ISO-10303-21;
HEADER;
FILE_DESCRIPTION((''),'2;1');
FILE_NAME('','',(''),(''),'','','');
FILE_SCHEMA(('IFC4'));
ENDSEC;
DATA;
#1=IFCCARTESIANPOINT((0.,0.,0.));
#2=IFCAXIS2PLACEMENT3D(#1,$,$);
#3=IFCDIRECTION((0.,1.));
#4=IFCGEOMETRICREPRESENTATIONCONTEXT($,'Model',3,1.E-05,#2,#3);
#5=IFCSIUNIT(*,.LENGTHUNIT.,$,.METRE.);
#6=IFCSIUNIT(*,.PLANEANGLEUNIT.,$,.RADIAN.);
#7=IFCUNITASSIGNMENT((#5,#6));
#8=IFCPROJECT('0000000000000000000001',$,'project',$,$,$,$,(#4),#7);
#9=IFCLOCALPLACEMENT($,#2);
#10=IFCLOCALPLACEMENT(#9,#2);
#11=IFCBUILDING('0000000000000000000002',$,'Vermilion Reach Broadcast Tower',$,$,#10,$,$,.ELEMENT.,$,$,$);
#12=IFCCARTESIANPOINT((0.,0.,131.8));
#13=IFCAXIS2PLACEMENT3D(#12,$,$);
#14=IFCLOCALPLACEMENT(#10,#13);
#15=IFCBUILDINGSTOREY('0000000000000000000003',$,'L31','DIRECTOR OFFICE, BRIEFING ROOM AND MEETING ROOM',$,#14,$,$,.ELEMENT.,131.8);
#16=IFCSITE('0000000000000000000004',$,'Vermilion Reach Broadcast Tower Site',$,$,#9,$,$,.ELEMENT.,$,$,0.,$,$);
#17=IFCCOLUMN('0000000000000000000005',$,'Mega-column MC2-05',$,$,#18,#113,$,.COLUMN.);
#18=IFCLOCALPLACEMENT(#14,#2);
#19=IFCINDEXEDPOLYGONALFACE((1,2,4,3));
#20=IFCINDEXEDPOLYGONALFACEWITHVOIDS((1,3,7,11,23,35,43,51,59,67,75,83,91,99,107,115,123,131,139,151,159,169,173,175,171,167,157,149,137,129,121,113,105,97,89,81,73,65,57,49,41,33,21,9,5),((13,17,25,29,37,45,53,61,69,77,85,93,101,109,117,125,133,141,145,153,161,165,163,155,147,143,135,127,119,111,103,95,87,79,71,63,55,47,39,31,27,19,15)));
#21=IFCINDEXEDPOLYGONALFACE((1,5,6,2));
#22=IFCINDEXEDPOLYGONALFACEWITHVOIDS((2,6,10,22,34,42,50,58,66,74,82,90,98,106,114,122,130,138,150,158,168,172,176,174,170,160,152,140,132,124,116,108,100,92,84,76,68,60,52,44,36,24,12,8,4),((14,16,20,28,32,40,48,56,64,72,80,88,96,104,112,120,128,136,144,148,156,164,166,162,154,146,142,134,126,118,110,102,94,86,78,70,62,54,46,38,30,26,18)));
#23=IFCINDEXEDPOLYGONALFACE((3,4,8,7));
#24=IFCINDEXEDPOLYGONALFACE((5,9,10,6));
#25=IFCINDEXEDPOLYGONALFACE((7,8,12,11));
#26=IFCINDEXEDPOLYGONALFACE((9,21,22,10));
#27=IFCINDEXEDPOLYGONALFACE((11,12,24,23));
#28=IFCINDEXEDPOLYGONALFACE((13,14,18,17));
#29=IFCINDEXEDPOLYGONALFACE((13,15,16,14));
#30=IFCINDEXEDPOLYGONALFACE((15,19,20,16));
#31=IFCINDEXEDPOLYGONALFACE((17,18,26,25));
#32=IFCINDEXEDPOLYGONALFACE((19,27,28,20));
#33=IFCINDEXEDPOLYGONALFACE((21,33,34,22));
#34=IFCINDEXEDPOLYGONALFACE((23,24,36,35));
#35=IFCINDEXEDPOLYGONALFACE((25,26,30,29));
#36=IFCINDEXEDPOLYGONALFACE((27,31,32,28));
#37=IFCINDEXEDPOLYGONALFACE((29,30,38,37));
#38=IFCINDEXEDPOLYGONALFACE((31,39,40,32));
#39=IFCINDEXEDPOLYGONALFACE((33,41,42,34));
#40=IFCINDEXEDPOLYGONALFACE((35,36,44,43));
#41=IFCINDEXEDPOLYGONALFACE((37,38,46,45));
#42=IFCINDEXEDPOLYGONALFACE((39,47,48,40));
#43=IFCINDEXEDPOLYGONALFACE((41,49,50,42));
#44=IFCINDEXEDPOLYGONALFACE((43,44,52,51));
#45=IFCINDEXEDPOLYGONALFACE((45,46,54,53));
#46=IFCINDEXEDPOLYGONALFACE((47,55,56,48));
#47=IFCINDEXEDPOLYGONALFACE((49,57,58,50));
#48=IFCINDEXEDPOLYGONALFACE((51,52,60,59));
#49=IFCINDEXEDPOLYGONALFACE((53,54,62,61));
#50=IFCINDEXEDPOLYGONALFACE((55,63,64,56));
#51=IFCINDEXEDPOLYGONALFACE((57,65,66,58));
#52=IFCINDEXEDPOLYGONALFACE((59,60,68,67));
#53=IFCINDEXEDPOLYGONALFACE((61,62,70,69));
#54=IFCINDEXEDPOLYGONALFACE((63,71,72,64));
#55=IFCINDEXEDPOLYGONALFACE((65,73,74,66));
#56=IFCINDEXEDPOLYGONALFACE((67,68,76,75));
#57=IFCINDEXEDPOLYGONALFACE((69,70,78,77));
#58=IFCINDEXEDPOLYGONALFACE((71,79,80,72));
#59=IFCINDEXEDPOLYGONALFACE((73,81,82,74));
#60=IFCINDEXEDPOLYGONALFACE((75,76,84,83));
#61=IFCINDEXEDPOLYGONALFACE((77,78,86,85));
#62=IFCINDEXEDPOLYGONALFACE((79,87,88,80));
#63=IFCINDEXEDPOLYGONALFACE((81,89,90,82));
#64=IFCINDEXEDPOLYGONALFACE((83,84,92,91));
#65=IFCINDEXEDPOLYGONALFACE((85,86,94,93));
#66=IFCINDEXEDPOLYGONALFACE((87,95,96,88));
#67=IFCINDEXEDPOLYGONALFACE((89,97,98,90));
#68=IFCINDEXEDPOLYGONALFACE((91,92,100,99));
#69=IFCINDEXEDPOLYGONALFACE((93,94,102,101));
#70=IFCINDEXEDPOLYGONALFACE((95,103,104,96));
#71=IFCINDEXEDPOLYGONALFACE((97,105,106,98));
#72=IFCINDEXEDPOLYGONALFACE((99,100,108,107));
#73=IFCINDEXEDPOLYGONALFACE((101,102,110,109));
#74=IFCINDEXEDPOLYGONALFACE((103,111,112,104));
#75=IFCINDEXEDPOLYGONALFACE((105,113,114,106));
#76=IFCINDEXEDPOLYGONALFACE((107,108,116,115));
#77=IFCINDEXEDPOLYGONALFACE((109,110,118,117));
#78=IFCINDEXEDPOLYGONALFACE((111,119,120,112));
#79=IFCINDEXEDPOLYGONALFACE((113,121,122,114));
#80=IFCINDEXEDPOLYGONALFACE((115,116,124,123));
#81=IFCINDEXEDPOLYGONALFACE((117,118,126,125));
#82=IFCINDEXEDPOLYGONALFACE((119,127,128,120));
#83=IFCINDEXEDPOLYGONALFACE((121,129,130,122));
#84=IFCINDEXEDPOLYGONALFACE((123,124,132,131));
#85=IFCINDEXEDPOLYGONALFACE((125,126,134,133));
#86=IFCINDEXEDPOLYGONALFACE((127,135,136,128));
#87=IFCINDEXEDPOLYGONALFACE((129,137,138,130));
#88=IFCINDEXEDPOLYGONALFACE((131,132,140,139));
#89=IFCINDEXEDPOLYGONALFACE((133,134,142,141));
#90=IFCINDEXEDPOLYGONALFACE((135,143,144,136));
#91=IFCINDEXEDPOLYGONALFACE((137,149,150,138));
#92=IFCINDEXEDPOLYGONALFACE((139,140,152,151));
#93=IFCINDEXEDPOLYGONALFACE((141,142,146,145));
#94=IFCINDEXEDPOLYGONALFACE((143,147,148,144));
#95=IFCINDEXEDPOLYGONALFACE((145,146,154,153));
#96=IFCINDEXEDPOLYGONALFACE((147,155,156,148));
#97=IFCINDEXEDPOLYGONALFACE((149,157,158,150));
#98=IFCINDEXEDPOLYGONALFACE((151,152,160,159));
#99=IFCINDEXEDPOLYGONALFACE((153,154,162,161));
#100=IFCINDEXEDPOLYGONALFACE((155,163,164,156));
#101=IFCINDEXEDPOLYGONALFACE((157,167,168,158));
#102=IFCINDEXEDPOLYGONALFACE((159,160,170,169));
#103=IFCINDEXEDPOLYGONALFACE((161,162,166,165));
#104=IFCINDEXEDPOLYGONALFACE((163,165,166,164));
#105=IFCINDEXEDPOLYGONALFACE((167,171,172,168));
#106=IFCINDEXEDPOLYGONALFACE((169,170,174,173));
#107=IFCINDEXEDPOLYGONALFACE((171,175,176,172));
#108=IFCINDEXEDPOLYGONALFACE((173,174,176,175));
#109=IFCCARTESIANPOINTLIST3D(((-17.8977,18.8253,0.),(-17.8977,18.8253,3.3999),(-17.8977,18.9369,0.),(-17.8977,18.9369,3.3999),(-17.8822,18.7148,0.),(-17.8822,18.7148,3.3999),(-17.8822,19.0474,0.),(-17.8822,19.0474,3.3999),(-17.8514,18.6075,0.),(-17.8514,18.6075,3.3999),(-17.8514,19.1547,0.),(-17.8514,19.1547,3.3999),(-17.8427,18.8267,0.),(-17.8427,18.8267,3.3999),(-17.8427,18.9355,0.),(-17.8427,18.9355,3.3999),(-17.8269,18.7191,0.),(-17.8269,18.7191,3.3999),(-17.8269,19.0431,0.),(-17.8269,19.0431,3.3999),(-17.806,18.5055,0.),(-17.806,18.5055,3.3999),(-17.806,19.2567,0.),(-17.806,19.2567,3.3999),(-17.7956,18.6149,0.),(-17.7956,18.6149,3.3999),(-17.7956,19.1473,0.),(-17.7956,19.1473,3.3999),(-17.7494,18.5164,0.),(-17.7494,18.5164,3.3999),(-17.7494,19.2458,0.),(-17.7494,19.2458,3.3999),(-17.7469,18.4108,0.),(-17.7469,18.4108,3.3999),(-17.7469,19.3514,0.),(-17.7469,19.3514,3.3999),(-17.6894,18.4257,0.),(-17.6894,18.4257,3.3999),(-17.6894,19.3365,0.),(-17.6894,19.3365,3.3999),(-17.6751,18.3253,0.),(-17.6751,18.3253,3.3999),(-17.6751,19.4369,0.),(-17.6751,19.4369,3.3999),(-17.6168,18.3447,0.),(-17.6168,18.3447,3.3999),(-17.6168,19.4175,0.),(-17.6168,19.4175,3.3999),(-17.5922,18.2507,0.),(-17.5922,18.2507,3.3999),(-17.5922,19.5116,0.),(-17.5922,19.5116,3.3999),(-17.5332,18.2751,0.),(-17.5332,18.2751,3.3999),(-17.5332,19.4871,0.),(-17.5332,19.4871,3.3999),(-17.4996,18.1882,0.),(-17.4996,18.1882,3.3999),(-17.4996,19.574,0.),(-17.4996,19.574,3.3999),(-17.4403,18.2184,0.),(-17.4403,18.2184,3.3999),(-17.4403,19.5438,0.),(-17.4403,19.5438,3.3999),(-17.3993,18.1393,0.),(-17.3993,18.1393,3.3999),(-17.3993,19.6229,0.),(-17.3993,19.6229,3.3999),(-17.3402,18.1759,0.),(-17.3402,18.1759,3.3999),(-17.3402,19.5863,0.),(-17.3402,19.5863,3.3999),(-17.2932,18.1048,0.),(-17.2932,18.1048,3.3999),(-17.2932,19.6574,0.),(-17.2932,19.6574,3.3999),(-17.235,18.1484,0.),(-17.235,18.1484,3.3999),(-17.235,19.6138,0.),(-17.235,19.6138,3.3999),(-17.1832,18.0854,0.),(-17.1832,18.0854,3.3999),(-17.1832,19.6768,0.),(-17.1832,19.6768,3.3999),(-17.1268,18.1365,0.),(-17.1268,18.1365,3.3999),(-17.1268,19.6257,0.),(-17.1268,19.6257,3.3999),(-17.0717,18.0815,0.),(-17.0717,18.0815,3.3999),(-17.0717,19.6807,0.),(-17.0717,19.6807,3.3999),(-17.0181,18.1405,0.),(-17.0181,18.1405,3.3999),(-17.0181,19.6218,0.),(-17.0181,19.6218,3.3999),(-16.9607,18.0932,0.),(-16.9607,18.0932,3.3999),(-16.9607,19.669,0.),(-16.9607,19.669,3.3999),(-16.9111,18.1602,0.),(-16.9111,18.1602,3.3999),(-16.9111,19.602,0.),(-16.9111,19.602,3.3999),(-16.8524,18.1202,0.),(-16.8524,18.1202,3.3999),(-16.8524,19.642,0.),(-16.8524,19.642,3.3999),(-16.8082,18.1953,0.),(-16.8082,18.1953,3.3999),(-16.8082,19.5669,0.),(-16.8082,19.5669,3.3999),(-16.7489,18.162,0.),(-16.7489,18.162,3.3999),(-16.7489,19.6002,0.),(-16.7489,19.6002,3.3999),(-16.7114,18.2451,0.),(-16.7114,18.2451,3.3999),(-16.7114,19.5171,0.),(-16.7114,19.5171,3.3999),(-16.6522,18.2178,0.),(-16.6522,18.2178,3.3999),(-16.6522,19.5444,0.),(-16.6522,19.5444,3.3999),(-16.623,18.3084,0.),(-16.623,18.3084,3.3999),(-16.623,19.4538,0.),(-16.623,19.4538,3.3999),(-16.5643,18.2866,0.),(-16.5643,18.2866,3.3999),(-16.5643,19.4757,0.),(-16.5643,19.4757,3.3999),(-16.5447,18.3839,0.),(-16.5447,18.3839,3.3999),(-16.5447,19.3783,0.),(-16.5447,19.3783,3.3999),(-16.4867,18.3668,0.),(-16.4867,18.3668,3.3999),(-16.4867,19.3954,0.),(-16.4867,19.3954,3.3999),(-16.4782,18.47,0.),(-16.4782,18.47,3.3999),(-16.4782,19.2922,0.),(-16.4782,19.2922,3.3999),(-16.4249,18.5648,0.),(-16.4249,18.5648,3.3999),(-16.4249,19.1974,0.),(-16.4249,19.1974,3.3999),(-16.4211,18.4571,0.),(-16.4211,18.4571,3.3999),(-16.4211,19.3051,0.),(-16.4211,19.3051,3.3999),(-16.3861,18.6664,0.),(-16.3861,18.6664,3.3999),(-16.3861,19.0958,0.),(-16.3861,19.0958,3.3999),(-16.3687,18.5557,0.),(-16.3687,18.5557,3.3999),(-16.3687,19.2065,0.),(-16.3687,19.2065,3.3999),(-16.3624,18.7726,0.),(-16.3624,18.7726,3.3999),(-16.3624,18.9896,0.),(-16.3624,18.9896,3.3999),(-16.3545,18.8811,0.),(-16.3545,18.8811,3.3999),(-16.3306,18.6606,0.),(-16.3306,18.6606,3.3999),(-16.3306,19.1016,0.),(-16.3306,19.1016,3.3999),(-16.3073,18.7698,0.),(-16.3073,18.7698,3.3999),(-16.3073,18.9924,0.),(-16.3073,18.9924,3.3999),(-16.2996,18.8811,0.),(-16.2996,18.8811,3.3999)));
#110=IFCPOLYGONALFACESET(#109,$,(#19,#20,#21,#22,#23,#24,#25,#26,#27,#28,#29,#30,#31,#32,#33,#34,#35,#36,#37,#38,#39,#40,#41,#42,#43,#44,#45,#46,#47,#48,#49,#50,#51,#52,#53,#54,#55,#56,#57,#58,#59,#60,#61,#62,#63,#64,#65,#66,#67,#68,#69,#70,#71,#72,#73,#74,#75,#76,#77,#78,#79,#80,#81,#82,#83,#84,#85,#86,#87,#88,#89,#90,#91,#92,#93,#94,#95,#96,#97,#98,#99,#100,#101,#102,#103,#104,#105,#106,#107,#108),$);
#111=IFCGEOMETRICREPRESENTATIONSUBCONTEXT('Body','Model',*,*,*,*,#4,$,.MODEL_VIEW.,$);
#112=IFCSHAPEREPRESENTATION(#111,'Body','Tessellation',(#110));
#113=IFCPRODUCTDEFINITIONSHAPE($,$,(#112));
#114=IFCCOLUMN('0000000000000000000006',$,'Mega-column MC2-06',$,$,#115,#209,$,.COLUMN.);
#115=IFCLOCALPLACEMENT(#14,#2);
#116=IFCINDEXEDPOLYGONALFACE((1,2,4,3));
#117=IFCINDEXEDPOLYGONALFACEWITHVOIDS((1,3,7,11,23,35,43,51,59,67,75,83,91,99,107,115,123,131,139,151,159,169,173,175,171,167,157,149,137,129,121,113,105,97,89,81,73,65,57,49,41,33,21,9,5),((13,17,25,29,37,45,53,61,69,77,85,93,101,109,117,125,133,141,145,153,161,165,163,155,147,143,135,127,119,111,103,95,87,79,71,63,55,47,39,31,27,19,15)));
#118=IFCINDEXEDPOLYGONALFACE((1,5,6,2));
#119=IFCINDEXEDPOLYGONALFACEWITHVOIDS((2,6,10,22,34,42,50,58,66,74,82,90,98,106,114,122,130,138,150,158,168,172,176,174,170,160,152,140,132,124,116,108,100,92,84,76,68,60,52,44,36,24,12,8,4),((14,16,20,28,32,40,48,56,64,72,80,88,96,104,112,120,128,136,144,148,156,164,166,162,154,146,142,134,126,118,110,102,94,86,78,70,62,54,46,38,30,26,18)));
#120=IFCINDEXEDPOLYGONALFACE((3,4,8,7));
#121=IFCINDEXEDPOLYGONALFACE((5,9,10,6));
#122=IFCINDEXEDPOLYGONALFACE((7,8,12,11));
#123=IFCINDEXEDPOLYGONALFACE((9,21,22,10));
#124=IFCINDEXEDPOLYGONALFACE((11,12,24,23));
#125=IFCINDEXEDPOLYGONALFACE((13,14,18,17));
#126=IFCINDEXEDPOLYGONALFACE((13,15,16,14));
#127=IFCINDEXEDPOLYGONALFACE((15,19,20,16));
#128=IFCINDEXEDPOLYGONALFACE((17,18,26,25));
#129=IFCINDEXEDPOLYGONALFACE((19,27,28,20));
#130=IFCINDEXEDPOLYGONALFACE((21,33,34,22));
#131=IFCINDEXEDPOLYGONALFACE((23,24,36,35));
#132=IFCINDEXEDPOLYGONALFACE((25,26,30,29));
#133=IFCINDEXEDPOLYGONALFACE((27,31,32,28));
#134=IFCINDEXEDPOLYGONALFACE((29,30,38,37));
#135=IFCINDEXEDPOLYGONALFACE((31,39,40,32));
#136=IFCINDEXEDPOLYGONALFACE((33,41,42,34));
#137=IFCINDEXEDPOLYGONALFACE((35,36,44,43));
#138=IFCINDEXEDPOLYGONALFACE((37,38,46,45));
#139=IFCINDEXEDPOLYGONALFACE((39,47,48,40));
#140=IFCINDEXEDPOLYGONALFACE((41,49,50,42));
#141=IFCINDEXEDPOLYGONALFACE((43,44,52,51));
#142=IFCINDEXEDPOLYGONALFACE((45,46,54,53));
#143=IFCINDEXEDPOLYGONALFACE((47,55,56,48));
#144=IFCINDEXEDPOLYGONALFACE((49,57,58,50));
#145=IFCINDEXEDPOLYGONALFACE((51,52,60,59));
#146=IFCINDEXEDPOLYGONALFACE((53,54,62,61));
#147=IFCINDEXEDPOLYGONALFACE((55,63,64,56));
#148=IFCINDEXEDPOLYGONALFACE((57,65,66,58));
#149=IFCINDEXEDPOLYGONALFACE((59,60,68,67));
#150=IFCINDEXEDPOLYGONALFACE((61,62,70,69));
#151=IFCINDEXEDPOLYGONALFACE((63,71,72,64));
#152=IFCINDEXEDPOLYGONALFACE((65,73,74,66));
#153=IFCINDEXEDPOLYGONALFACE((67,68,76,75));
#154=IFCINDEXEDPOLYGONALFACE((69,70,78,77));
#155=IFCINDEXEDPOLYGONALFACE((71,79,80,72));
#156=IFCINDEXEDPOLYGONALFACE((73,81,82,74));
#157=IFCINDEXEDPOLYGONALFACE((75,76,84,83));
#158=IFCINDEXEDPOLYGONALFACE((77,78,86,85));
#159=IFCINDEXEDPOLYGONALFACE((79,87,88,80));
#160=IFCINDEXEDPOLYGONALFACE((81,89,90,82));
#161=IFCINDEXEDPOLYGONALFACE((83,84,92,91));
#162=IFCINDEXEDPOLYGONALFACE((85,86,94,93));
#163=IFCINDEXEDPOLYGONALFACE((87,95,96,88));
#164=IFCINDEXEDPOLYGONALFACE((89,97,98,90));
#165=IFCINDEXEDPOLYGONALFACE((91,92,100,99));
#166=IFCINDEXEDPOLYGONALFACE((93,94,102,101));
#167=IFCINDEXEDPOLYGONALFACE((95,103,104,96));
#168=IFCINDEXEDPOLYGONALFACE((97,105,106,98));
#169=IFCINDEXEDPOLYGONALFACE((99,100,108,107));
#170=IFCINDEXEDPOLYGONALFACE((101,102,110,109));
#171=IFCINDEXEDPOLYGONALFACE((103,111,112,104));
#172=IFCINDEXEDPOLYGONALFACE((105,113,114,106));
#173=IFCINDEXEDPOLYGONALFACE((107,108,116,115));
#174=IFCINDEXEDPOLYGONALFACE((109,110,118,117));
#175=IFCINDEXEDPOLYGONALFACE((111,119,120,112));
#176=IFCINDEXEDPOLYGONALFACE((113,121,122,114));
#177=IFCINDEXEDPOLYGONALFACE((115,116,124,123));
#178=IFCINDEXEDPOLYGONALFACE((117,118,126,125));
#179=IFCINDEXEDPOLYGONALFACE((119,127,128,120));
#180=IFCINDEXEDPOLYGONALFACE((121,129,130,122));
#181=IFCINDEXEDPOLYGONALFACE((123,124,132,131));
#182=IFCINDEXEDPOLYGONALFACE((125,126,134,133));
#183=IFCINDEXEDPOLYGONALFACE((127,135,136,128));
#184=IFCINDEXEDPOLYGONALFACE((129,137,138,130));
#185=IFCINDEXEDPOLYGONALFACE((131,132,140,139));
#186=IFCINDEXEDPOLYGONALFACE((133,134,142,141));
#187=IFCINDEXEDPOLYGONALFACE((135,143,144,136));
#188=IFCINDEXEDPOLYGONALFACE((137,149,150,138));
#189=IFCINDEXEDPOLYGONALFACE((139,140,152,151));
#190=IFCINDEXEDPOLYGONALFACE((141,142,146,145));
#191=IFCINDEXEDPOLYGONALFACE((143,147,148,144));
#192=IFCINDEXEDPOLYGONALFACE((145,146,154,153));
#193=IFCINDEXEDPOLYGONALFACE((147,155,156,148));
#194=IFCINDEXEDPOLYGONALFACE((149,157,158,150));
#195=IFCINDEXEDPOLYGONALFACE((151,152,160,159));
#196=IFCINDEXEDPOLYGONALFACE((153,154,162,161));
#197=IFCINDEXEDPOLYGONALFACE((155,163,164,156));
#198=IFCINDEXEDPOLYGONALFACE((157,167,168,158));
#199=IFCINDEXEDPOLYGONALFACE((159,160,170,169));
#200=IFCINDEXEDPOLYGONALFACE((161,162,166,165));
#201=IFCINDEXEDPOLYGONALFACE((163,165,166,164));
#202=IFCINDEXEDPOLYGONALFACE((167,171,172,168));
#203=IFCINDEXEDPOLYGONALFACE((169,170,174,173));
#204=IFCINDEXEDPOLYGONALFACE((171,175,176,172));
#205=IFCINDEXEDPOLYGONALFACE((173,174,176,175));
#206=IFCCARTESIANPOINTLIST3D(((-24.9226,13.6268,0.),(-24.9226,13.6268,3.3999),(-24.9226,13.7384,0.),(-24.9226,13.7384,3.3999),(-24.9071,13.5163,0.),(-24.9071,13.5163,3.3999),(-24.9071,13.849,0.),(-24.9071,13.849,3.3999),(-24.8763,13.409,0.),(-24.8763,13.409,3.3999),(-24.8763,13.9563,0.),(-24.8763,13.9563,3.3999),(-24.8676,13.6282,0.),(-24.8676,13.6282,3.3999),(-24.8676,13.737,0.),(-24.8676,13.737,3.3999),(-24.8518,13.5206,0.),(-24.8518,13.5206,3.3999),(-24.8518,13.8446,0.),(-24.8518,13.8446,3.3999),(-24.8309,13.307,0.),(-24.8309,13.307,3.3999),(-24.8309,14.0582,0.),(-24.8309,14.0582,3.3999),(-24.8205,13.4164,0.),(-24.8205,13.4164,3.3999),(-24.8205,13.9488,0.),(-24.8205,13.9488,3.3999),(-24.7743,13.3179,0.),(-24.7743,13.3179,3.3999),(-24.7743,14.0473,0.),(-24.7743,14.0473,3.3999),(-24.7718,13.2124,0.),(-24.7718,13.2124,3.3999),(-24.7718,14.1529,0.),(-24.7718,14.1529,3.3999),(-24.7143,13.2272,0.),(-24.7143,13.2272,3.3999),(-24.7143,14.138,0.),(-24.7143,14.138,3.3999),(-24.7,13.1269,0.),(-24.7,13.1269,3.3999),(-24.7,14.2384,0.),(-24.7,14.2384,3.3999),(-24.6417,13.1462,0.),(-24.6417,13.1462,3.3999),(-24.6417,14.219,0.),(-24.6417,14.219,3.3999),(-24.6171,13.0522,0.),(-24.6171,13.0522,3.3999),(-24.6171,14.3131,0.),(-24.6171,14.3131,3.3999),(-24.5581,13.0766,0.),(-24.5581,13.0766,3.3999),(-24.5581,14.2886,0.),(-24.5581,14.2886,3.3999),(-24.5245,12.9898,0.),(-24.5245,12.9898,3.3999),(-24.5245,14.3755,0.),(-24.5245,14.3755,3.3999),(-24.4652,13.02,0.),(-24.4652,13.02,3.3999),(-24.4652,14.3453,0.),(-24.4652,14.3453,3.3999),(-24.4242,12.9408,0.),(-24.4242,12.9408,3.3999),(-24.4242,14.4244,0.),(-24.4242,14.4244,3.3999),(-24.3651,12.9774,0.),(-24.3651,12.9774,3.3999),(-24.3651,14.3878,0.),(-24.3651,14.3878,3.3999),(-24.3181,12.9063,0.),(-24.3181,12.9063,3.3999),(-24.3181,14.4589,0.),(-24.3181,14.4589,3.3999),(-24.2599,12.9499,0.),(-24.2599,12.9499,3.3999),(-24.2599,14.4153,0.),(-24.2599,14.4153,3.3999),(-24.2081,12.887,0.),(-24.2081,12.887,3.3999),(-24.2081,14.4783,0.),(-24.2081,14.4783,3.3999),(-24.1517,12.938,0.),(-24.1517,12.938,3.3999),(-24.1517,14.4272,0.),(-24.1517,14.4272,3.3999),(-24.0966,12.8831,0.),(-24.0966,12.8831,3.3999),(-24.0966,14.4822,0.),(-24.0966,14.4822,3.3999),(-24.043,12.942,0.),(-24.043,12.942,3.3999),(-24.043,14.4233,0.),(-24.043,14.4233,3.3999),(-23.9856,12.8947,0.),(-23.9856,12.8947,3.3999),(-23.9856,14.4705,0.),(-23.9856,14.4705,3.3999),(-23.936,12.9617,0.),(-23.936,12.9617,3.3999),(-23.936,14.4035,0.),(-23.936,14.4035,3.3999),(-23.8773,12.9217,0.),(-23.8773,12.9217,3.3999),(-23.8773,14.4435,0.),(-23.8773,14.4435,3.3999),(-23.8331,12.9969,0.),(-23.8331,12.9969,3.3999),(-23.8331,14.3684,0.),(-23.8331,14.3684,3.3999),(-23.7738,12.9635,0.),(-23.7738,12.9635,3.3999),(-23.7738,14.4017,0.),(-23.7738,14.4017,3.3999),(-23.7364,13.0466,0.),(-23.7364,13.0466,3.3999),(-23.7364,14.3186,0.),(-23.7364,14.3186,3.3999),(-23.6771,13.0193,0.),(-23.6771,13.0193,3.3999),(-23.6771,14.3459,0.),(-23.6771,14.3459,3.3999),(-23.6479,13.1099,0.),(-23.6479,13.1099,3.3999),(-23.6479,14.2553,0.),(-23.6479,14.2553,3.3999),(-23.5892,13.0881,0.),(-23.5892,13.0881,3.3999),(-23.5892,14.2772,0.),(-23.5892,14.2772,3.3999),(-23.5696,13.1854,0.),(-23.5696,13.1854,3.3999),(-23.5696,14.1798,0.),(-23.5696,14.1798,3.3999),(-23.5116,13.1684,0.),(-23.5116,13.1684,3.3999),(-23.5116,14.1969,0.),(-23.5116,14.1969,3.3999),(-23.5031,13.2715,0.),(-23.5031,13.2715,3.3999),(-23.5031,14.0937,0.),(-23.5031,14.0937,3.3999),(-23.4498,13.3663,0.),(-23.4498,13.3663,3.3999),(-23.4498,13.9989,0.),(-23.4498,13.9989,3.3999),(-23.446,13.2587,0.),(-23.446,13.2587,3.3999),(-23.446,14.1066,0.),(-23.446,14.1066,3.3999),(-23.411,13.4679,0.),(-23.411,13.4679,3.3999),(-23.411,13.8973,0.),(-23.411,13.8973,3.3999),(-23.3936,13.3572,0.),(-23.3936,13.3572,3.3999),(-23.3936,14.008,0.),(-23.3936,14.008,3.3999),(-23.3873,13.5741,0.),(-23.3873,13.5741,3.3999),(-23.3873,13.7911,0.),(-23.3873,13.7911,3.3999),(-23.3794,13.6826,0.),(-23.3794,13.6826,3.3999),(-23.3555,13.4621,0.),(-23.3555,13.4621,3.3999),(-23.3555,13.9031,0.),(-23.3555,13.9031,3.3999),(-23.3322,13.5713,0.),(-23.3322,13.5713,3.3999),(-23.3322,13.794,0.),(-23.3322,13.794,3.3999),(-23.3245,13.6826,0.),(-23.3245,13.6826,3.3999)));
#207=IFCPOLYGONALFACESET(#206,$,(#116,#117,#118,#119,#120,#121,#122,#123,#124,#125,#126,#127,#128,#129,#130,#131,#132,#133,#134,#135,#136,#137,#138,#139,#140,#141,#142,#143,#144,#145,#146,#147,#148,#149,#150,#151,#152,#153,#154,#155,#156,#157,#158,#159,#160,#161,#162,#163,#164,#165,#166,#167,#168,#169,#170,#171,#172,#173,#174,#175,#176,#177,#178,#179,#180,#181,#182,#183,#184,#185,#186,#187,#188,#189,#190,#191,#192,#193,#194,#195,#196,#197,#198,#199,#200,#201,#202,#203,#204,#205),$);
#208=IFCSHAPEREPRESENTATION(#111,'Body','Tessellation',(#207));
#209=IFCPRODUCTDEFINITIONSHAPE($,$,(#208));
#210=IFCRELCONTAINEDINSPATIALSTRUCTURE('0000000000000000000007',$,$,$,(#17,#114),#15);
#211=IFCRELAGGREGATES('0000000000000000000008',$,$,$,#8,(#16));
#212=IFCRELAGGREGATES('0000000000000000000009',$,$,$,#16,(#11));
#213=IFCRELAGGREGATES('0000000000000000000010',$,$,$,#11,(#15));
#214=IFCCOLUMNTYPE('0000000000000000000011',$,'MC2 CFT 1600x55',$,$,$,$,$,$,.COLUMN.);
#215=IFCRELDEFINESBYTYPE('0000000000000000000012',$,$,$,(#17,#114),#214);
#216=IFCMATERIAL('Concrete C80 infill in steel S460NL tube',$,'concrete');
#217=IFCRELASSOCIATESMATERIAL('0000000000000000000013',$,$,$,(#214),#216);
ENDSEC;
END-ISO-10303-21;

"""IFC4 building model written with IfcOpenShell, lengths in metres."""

from ifc_helpers import new_model, si_unit, direction, frame, origin, origin_2d, place, context, subcontext, project, spatial, hollow_circle, extrude, material, material_profile, profile_set, type_object, element, save


model = new_model("IFC4")

# Units and contexts
model_context = context("Model", 3, precision=1e-05, world=origin(), true_north=direction((0.0, 1.0)))
body_context = subcontext(model_context, "Body", "Model", "MODEL_VIEW")
ifc_project = project(units=[si_unit("LENGTHUNIT", "METRE"), si_unit("PLANEANGLEUNIT", "RADIAN")], contexts=[model_context])

# Site, building, storey
site_placement = place(None, origin())
site = spatial("IfcSite", under=ifc_project, at=site_placement, Name="Vermilion Reach Broadcast Tower Site", CompositionType="ELEMENT", RefElevation=0.0)
building_placement = place(site_placement, origin())
building = spatial("IfcBuilding", under=site, at=building_placement, Name="Vermilion Reach Broadcast Tower", CompositionType="ELEMENT")
storey_placement = place(building_placement, frame((0.0, 0.0, 131.8)))
storey = spatial("IfcBuildingStorey", under=building, at=storey_placement, Name="L31", Description="DIRECTOR OFFICE, BRIEFING ROOM AND MEETING ROOM", CompositionType="ELEMENT", Elevation=131.8)

# Columns
ifc_material_1 = material(Name="Concrete C80 infill in steel S460NL tube", Category="concrete")
ifc_material_profile_1 = material_profile(ifc_material_1, hollow_circle(Radius=0.8, WallThickness=0.0549, at=origin_2d()), Name="Concrete C80 infill in steel S460NL tube CFT 1600x55")
ifc_profile_set_1 = profile_set([ifc_material_profile_1], Name="Concrete C80 infill in steel S460NL tube")
column_type = type_object("IfcColumnType", Name="MC2 CFT 1600x55", PredefinedType="COLUMN", material=ifc_profile_set_1)
for number, where, z_axis, x_axis, name in (
    (1, (-17.0996, 18.8811, 0.0), (0.0, 0.0, 1.0), (1.0, 0.0, 0.0), "Mega-column MC2-05"),
    (2, (-24.1245, 13.6826, 0.0), (0.0, 0.0, 1.0), (1.0, 0.0, 0.0), "Mega-column MC2-06"),
):
    element("IfcColumn", number, at=place(storey_placement, frame(where, z_axis=z_axis, x_axis=x_axis)), inside=storey, type_object=column_type, Name=name, PredefinedType="COLUMN", context=body_context, shape_type="SweptSolid", body=[
        extrude(hollow_circle(Radius=0.8, WallThickness=0.0549, at=origin_2d()), origin(), (0.0, 0.0, 1.0), 3.3999),
    ])

save(model, "model.ifc")
